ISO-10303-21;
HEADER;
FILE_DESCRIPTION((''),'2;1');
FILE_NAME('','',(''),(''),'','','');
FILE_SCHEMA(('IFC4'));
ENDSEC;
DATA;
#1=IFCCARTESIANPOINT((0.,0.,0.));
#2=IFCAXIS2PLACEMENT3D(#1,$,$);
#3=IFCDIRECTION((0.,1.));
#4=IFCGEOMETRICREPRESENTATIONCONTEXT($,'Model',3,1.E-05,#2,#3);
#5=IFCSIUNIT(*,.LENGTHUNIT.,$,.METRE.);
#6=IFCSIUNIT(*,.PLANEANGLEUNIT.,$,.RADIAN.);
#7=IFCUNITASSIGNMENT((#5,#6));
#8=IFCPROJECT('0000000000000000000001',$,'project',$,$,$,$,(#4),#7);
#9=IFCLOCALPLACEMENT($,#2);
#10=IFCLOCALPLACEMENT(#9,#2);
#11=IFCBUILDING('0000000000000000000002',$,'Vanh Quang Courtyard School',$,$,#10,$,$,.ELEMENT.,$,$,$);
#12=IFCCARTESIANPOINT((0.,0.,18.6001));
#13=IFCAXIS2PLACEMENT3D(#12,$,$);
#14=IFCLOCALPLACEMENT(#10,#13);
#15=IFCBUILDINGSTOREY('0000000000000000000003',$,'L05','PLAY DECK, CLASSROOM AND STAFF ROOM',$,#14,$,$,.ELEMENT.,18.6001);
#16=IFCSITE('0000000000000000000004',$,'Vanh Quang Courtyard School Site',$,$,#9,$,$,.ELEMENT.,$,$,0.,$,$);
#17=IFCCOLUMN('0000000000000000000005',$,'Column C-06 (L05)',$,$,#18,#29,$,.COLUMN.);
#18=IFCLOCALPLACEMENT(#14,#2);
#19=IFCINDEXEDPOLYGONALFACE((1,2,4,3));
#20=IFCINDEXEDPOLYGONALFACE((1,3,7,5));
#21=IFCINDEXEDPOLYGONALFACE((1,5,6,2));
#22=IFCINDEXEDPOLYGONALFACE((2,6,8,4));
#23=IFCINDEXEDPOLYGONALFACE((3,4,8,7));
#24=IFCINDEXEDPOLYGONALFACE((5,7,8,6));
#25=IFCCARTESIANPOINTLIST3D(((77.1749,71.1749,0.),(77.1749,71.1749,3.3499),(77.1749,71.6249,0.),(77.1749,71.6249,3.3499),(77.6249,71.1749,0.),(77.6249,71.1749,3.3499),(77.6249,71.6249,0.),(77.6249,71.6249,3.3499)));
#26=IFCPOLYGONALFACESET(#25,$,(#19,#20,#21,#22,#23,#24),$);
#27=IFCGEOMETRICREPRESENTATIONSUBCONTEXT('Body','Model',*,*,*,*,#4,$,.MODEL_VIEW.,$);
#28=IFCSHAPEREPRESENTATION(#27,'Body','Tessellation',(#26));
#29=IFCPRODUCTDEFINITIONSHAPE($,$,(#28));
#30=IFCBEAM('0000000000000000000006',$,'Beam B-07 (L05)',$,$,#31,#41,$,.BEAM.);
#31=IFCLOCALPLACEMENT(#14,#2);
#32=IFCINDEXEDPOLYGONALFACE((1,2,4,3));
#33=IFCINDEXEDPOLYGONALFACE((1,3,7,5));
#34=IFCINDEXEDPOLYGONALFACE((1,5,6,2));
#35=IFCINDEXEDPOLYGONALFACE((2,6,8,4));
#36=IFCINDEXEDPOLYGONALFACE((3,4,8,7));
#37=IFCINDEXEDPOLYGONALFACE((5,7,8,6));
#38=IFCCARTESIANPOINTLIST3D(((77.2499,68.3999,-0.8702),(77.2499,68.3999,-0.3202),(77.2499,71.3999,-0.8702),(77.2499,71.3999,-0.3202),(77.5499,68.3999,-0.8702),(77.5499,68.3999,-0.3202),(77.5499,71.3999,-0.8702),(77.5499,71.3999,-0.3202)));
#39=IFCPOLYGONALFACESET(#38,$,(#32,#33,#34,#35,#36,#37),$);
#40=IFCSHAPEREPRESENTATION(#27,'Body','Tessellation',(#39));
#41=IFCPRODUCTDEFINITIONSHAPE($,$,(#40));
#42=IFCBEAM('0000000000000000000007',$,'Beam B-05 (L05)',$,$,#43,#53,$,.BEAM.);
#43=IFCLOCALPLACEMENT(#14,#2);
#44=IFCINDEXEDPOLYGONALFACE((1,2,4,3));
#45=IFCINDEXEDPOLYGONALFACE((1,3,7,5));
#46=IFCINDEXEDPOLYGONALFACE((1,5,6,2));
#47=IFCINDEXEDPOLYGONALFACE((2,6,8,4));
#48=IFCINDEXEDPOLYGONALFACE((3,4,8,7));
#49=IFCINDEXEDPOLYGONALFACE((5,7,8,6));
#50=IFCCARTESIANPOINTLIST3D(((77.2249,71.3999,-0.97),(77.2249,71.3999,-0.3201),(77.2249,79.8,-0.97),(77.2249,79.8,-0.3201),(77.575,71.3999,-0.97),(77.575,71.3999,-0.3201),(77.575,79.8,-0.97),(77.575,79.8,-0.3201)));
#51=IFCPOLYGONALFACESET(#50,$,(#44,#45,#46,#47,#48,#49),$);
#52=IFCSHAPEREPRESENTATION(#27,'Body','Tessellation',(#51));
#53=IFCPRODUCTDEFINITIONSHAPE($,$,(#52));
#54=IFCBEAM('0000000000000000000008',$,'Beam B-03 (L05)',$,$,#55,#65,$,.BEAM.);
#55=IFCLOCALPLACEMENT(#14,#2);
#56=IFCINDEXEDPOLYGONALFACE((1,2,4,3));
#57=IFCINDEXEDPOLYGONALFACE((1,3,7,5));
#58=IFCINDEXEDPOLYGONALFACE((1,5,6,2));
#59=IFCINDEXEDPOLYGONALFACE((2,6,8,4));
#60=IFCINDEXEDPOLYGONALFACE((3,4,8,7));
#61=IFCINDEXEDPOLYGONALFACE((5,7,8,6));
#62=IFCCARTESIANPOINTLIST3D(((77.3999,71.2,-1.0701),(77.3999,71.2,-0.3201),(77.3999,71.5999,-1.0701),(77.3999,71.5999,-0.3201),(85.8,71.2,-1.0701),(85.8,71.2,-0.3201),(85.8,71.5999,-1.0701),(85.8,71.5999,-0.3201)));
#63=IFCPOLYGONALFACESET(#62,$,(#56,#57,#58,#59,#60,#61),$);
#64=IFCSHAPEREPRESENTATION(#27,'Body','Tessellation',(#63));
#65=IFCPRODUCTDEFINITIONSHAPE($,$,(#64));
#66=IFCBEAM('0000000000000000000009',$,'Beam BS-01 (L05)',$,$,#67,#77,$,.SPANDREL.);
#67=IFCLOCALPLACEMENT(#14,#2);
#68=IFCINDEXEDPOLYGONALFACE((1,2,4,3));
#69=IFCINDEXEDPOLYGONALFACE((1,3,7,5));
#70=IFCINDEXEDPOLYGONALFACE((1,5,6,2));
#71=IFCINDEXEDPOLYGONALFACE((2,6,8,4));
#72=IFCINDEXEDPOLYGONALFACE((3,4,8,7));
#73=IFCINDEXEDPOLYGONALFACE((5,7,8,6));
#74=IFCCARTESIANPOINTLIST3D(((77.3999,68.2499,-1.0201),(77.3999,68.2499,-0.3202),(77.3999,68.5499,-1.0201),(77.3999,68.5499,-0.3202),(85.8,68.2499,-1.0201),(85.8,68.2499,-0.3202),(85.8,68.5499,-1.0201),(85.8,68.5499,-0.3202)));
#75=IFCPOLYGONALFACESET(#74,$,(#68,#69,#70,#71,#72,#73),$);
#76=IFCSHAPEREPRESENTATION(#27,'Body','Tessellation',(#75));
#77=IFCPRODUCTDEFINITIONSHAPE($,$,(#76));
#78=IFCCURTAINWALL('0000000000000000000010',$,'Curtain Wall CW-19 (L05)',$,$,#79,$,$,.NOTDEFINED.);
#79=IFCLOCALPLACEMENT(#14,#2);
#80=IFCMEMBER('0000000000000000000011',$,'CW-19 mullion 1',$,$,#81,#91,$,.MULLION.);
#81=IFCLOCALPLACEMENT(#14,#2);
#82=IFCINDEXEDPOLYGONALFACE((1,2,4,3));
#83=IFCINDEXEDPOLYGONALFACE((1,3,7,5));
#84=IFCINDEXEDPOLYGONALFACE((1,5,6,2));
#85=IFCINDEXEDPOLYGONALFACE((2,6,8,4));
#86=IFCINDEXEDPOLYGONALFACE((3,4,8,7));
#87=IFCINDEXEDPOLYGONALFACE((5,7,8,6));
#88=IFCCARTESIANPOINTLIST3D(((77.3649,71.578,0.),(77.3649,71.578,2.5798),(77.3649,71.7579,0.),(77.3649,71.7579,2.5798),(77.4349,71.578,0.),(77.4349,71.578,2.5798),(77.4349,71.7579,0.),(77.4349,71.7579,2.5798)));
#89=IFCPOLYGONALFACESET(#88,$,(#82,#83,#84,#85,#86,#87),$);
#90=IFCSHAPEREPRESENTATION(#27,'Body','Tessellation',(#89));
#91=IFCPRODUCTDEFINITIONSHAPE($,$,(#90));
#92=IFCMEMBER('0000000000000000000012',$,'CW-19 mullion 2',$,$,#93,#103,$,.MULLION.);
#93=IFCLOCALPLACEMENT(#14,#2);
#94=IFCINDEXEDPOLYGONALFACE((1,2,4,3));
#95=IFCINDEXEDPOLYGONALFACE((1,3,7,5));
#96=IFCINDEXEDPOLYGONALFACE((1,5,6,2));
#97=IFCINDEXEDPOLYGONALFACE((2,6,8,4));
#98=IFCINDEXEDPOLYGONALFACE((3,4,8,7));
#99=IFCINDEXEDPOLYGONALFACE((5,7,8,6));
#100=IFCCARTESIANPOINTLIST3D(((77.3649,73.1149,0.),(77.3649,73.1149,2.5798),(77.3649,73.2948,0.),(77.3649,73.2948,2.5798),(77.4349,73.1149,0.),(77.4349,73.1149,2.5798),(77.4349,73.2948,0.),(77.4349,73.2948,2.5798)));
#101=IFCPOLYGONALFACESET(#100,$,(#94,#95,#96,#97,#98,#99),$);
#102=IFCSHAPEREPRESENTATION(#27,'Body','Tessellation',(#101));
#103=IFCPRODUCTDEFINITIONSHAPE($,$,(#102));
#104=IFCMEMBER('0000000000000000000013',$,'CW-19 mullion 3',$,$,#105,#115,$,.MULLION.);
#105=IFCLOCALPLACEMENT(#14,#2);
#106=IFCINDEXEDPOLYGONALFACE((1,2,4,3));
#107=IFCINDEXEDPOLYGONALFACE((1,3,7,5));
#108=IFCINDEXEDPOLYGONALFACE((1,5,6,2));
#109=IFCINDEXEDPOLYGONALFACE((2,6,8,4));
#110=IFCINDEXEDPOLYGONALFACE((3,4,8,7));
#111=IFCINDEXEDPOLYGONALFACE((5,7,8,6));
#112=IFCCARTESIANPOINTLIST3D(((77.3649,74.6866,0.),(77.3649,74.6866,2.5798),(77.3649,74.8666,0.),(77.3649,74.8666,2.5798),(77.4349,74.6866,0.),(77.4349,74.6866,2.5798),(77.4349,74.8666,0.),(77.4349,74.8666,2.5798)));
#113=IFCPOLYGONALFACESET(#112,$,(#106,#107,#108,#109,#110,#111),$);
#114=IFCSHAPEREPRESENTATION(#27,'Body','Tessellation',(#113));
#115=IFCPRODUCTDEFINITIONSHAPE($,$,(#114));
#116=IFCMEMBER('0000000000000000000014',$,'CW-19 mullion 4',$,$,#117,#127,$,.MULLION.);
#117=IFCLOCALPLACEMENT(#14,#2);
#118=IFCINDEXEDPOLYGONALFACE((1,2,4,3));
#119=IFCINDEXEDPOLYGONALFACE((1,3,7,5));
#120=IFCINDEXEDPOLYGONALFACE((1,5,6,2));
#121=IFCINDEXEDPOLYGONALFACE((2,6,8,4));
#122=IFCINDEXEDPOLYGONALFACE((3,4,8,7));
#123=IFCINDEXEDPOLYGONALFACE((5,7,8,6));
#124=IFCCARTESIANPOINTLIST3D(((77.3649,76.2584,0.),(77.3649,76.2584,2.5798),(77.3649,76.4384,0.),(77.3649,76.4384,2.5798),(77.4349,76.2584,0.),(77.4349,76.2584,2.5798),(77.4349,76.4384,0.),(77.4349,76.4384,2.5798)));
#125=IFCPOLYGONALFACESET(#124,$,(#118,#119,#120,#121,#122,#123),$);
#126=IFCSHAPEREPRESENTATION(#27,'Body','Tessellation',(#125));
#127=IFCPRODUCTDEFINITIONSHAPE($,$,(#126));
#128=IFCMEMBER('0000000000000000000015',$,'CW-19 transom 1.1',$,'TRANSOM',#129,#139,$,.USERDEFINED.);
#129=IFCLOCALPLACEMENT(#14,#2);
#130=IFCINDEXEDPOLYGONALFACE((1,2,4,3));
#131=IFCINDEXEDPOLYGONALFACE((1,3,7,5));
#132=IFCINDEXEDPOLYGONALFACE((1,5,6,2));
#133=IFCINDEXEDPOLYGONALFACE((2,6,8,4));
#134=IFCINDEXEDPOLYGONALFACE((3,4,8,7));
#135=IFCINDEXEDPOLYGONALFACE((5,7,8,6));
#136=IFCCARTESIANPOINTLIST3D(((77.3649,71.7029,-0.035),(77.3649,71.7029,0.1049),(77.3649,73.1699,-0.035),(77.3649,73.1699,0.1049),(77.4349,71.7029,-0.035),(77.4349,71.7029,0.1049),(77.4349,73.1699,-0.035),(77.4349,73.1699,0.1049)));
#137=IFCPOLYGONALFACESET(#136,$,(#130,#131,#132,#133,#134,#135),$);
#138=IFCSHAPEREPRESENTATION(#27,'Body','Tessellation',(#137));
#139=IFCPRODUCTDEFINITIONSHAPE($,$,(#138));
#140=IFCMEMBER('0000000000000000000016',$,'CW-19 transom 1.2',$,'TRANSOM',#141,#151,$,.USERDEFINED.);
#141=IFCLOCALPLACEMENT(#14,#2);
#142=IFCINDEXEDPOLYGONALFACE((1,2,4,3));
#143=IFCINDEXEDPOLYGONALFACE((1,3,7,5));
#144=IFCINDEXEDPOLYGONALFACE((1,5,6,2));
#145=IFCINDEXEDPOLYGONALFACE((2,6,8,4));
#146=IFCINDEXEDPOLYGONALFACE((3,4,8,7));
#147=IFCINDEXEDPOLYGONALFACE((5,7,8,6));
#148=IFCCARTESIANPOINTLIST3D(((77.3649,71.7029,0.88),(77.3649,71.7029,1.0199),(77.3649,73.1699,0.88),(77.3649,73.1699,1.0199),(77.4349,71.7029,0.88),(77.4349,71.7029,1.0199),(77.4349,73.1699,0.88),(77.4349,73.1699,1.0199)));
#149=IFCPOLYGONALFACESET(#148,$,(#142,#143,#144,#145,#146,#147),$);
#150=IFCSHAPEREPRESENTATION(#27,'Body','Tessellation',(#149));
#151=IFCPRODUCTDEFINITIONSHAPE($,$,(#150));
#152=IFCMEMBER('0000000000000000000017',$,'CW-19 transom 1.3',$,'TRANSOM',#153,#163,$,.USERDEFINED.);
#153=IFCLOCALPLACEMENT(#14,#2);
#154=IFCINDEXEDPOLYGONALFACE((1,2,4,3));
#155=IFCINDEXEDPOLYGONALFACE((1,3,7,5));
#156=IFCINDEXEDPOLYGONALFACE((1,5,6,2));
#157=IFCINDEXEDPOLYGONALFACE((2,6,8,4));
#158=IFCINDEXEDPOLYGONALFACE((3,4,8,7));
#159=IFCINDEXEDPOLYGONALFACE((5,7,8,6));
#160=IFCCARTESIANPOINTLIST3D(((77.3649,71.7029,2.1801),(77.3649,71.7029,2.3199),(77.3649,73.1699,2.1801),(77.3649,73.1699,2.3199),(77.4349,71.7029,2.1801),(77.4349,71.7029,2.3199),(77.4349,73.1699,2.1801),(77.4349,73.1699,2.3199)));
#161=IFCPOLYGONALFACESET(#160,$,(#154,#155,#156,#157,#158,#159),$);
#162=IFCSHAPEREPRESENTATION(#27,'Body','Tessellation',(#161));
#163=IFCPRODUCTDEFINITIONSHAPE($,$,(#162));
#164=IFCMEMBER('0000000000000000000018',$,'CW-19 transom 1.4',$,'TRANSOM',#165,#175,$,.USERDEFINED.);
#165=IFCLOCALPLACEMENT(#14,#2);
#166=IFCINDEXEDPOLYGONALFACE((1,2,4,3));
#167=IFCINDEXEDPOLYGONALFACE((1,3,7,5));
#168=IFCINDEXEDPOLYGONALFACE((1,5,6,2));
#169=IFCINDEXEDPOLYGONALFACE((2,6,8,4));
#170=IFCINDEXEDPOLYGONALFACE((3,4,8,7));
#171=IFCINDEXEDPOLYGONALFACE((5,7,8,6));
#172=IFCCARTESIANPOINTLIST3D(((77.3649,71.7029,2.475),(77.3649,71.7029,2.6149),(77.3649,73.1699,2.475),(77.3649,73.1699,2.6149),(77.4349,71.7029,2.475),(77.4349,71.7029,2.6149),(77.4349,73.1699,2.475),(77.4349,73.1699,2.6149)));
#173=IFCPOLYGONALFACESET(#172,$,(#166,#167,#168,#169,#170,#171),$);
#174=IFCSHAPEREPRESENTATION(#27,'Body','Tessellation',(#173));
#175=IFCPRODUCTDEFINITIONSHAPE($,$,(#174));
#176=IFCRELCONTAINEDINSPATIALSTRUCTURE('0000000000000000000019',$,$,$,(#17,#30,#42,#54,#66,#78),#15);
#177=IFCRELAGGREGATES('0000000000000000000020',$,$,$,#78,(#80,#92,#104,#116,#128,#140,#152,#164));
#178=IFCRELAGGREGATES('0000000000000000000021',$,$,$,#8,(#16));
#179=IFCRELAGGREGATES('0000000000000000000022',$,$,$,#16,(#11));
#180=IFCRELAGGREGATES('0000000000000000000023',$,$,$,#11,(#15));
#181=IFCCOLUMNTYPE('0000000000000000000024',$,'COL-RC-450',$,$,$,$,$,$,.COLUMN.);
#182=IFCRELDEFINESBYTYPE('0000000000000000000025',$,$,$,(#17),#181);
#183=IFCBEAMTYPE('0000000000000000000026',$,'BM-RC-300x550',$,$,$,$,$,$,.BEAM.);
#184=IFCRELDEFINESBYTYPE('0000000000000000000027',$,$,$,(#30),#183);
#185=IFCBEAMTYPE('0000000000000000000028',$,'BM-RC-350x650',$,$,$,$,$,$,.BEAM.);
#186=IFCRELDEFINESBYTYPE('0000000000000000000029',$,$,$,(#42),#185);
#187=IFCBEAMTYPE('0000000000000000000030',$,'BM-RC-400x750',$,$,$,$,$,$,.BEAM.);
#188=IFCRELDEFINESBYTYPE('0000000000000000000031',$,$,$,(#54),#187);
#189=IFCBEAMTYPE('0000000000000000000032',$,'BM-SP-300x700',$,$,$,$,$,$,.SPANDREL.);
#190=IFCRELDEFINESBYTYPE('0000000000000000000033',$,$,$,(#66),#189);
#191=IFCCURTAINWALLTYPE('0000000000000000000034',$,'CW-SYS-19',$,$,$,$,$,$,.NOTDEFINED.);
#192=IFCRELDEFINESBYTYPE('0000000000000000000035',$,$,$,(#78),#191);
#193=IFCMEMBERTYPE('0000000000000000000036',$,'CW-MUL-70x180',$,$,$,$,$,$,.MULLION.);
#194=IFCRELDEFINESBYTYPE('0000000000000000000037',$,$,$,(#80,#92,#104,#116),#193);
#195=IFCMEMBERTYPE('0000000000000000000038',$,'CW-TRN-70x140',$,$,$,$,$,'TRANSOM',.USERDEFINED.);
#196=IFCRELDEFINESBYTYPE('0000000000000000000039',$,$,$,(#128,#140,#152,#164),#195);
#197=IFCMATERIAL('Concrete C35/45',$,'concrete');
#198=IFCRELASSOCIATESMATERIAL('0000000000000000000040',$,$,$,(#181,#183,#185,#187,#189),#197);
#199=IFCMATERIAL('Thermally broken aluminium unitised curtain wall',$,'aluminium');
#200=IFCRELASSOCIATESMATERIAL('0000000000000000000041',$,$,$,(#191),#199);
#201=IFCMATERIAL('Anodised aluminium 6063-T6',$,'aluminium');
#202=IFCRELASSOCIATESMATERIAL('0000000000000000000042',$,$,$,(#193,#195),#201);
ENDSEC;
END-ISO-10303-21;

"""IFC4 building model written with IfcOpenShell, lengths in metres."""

from ifc_helpers import new_model, si_unit, direction, frame, origin, origin_2d, place, context, subcontext, project, spatial, rectangle, extrude, material, material_profile, profile_set, type_object, element, aggregate, save


model = new_model("IFC4")

# Units and contexts
model_context = context("Model", 3, precision=1e-05, world=origin(), true_north=direction((0.0, 1.0)))
body_context = subcontext(model_context, "Body", "Model", "MODEL_VIEW")
ifc_project = project(units=[si_unit("LENGTHUNIT", "METRE"), si_unit("PLANEANGLEUNIT", "RADIAN")], contexts=[model_context])

# Site, building, storey
site_placement = place(None, origin())
site = spatial("IfcSite", under=ifc_project, at=site_placement, Name="Vanh Quang Courtyard School Site", CompositionType="ELEMENT", RefElevation=0.0)
building_placement = place(site_placement, origin())
building = spatial("IfcBuilding", under=site, at=building_placement, Name="Vanh Quang Courtyard School", CompositionType="ELEMENT")
storey_placement = place(building_placement, frame((0.0, 0.0, 18.6001)))
storey = spatial("IfcBuildingStorey", under=building, at=storey_placement, Name="L05", Description="PLAY DECK, CLASSROOM AND STAFF ROOM", CompositionType="ELEMENT", Elevation=18.6001)

# Column
ifc_material_1 = material(Name="Concrete C35/45", Category="concrete")
ifc_material_profile_1 = material_profile(ifc_material_1, rectangle(XDim=0.45, YDim=0.45, at=origin_2d()), Name="RC-COL 450x450")
ifc_profile_set_1 = profile_set([ifc_material_profile_1], Name="Concrete C35/45")
column_type = type_object("IfcColumnType", Name="COL-RC-450", PredefinedType="COLUMN", material=ifc_profile_set_1)
column_placement = place(storey_placement, frame((77.3999, 71.3999, 0.0), z_axis=(0.0, 0.0, 1.0), x_axis=(1.0, 0.0, 0.0)))
element("IfcColumn", 1, at=column_placement, inside=storey, type_object=column_type, Name="Column C-06 (L05)", PredefinedType="COLUMN", context=body_context, shape_type="SweptSolid", body=[
    extrude(rectangle(XDim=0.45, YDim=0.45, at=origin_2d()), origin(), (0.0, 0.0, 1.0), 3.3499),
])

# Beams
ifc_material_profile_2 = material_profile(ifc_material_1, rectangle(XDim=0.3, YDim=0.55, at=origin_2d()), Name="RC-BM 300x550")
ifc_profile_set_2 = profile_set([ifc_material_profile_2], Name="Concrete C35/45")
beam_type_1 = type_object("IfcBeamType", Name="BM-RC-300x550", PredefinedType="BEAM", material=ifc_profile_set_2)
beam_1_placement = place(storey_placement, frame((77.3999, 68.3999, -0.5952), z_axis=(0.0, 1.0, 0.0), x_axis=(-1.0, 0.0, 0.0)))
element("IfcBeam", 2, at=beam_1_placement, inside=storey, type_object=beam_type_1, Name="Beam B-07 (L05)", PredefinedType="BEAM", context=body_context, shape_type="SweptSolid", body=[
    extrude(rectangle(XDim=0.3, YDim=0.55, at=origin_2d()), origin(), (0.0, 0.0, 1.0), 3.0),
])
ifc_material_profile_3 = material_profile(ifc_material_1, rectangle(XDim=0.3501, YDim=0.6499, at=origin_2d()), Name="RC-BM 350x650")
ifc_profile_set_3 = profile_set([ifc_material_profile_3], Name="Concrete C35/45")
beam_type_2 = type_object("IfcBeamType", Name="BM-RC-350x650", PredefinedType="BEAM", material=ifc_profile_set_3)
beam_2_placement = place(storey_placement, frame((77.3999, 71.3999, -0.645), z_axis=(0.0, 1.0, 0.0), x_axis=(-1.0, 0.0, 0.0)))
element("IfcBeam", 3, at=beam_2_placement, inside=storey, type_object=beam_type_2, Name="Beam B-05 (L05)", PredefinedType="BEAM", context=body_context, shape_type="SweptSolid", body=[
    extrude(rectangle(XDim=0.3501, YDim=0.6499, at=origin_2d()), origin(), (0.0, 0.0, 1.0), 8.4001),
])
ifc_material_profile_4 = material_profile(ifc_material_1, rectangle(XDim=0.3999, YDim=0.75, at=origin_2d()), Name="RC-BM 400x750")
ifc_profile_set_4 = profile_set([ifc_material_profile_4], Name="Concrete C35/45")
beam_type_3 = type_object("IfcBeamType", Name="BM-RC-400x750", PredefinedType="BEAM", material=ifc_profile_set_4)
beam_3_placement = place(storey_placement, frame((77.3999, 71.3999, -0.6951), z_axis=(1.0, 0.0, 0.0), x_axis=(0.0, 1.0, 0.0)))
element("IfcBeam", 4, at=beam_3_placement, inside=storey, type_object=beam_type_3, Name="Beam B-03 (L05)", PredefinedType="BEAM", context=body_context, shape_type="SweptSolid", body=[
    extrude(rectangle(XDim=0.3999, YDim=0.75, at=origin_2d()), origin(), (0.0, 0.0, 1.0), 8.4001),
])
ifc_material_profile_5 = material_profile(ifc_material_1, rectangle(XDim=0.3, YDim=0.7, at=origin_2d()), Name="RC-SP 300x700")
ifc_profile_set_5 = profile_set([ifc_material_profile_5], Name="Concrete C35/45")
beam_type_4 = type_object("IfcBeamType", Name="BM-SP-300x700", PredefinedType="SPANDREL", material=ifc_profile_set_5)
beam_4_placement = place(storey_placement, frame((77.3999, 68.3999, -0.6702), z_axis=(1.0, 0.0, 0.0), x_axis=(0.0, 1.0, 0.0)))
element("IfcBeam", 5, at=beam_4_placement, inside=storey, type_object=beam_type_4, Name="Beam BS-01 (L05)", PredefinedType="SPANDREL", context=body_context, shape_type="SweptSolid", body=[
    extrude(rectangle(XDim=0.3, YDim=0.7, at=origin_2d()), origin(), (0.0, 0.0, 1.0), 8.4001),
])

# Curtain wall, members
ifc_material_2 = material(Name="Thermally broken aluminium unitised curtain wall", Category="aluminium")
curtain_wall_type = type_object("IfcCurtainWallType", Name="CW-SYS-19", PredefinedType="NOTDEFINED", material=ifc_material_2)
curtain_wall_placement = place(storey_placement, origin())
curtain_wall = element("IfcCurtainWall", 6, at=curtain_wall_placement, inside=storey, type_object=curtain_wall_type, Name="Curtain Wall CW-19 (L05)", PredefinedType="NOTDEFINED")
ifc_material_3 = material(Name="Anodised aluminium 6063-T6", Category="aluminium")
ifc_material_profile_6 = material_profile(ifc_material_3, rectangle(XDim=0.0701, YDim=0.1799, at=origin_2d()), Name="ALU-MUL 70x180")
ifc_profile_set_6 = profile_set([ifc_material_profile_6], Name="Anodised aluminium 6063-T6")
member_type_1 = type_object("IfcMemberType", Name="CW-MUL-70x180", PredefinedType="MULLION", material=ifc_profile_set_6)
member_1_placement = place(storey_placement, frame((77.3999, 71.668, 0.0), z_axis=(0.0, 0.0, 1.0), x_axis=(-1.0, 0.0, 0.0)))
member_1 = element("IfcMember", 7, at=member_1_placement, type_object=member_type_1, Name="CW-19 mullion 1", PredefinedType="MULLION", context=body_context, shape_type="SweptSolid", body=[
    extrude(rectangle(XDim=0.0701, YDim=0.1799, at=origin_2d()), origin(), (0.0, 0.0, 1.0), 2.5798),
])
member_2_placement = place(storey_placement, frame((77.3999, 73.2048, 0.0), z_axis=(0.0, 0.0, 1.0), x_axis=(-1.0, 0.0, 0.0)))
member_2 = element("IfcMember", 8, at=member_2_placement, type_object=member_type_1, Name="CW-19 mullion 2", PredefinedType="MULLION", context=body_context, shape_type="SweptSolid", body=[
    extrude(rectangle(XDim=0.0701, YDim=0.1799, at=origin_2d()), origin(), (0.0, 0.0, 1.0), 2.5798),
])
member_3_placement = place(storey_placement, frame((77.3999, 74.7766, 0.0), z_axis=(0.0, 0.0, 1.0), x_axis=(-1.0, 0.0, 0.0)))
member_3 = element("IfcMember", 9, at=member_3_placement, type_object=member_type_1, Name="CW-19 mullion 3", PredefinedType="MULLION", context=body_context, shape_type="SweptSolid", body=[
    extrude(rectangle(XDim=0.0701, YDim=0.1799, at=origin_2d()), origin(), (0.0, 0.0, 1.0), 2.5798),
])
member_4_placement = place(storey_placement, frame((77.3999, 76.3484, 0.0), z_axis=(0.0, 0.0, 1.0), x_axis=(-1.0, 0.0, 0.0)))
member_4 = element("IfcMember", 10, at=member_4_placement, type_object=member_type_1, Name="CW-19 mullion 4", PredefinedType="MULLION", context=body_context, shape_type="SweptSolid", body=[
    extrude(rectangle(XDim=0.0701, YDim=0.1799, at=origin_2d()), origin(), (0.0, 0.0, 1.0), 2.5798),
])
ifc_material_profile_7 = material_profile(ifc_material_3, rectangle(XDim=0.0701, YDim=0.1399, at=origin_2d()), Name="ALU-TRN 70x140")
ifc_profile_set_7 = profile_set([ifc_material_profile_7], Name="Anodised aluminium 6063-T6")
member_type_2 = type_object("IfcMemberType", Name="CW-TRN-70x140", ElementType="TRANSOM", PredefinedType="USERDEFINED", material=ifc_profile_set_7)
member_5_placement = place(storey_placement, frame((77.3999, 71.7029, 0.0349), z_axis=(0.0, 1.0, 0.0), x_axis=(-1.0, 0.0, 0.0)))
member_5 = element("IfcMember", 11, at=member_5_placement, type_object=member_type_2, Name="CW-19 transom 1.1", ObjectType="TRANSOM", PredefinedType="USERDEFINED", context=body_context, shape_type="SweptSolid", body=[
    extrude(rectangle(XDim=0.0701, YDim=0.1399, at=origin_2d()), origin(), (0.0, 0.0, 1.0), 1.467),
])
member_6_placement = place(storey_placement, frame((77.3999, 71.7029, 0.95), z_axis=(0.0, 1.0, 0.0), x_axis=(-1.0, 0.0, 0.0)))
member_6 = element("IfcMember", 12, at=member_6_placement, type_object=member_type_2, Name="CW-19 transom 1.2", ObjectType="TRANSOM", PredefinedType="USERDEFINED", context=body_context, shape_type="SweptSolid", body=[
    extrude(rectangle(XDim=0.0701, YDim=0.1399, at=origin_2d()), origin(), (0.0, 0.0, 1.0), 1.467),
])
member_7_placement = place(storey_placement, frame((77.3999, 71.7029, 2.25), z_axis=(0.0, 1.0, 0.0), x_axis=(-1.0, 0.0, 0.0)))
member_7 = element("IfcMember", 13, at=member_7_placement, type_object=member_type_2, Name="CW-19 transom 1.3", ObjectType="TRANSOM", PredefinedType="USERDEFINED", context=body_context, shape_type="SweptSolid", body=[
    extrude(rectangle(XDim=0.0701, YDim=0.1399, at=origin_2d()), origin(), (0.0, 0.0, 1.0), 1.467),
])
member_8_placement = place(storey_placement, frame((77.3999, 71.7029, 2.5449), z_axis=(0.0, 1.0, 0.0), x_axis=(-1.0, 0.0, 0.0)))
member_8 = element("IfcMember", 14, at=member_8_placement, type_object=member_type_2, Name="CW-19 transom 1.4", ObjectType="TRANSOM", PredefinedType="USERDEFINED", context=body_context, shape_type="SweptSolid", body=[
    extrude(rectangle(XDim=0.0701, YDim=0.1399, at=origin_2d()), origin(), (0.0, 0.0, 1.0), 1.467),
])

aggregate(curtain_wall, [member_1, member_2, member_3, member_4, member_5, member_6, member_7, member_8])

save(model, "model.ifc")
